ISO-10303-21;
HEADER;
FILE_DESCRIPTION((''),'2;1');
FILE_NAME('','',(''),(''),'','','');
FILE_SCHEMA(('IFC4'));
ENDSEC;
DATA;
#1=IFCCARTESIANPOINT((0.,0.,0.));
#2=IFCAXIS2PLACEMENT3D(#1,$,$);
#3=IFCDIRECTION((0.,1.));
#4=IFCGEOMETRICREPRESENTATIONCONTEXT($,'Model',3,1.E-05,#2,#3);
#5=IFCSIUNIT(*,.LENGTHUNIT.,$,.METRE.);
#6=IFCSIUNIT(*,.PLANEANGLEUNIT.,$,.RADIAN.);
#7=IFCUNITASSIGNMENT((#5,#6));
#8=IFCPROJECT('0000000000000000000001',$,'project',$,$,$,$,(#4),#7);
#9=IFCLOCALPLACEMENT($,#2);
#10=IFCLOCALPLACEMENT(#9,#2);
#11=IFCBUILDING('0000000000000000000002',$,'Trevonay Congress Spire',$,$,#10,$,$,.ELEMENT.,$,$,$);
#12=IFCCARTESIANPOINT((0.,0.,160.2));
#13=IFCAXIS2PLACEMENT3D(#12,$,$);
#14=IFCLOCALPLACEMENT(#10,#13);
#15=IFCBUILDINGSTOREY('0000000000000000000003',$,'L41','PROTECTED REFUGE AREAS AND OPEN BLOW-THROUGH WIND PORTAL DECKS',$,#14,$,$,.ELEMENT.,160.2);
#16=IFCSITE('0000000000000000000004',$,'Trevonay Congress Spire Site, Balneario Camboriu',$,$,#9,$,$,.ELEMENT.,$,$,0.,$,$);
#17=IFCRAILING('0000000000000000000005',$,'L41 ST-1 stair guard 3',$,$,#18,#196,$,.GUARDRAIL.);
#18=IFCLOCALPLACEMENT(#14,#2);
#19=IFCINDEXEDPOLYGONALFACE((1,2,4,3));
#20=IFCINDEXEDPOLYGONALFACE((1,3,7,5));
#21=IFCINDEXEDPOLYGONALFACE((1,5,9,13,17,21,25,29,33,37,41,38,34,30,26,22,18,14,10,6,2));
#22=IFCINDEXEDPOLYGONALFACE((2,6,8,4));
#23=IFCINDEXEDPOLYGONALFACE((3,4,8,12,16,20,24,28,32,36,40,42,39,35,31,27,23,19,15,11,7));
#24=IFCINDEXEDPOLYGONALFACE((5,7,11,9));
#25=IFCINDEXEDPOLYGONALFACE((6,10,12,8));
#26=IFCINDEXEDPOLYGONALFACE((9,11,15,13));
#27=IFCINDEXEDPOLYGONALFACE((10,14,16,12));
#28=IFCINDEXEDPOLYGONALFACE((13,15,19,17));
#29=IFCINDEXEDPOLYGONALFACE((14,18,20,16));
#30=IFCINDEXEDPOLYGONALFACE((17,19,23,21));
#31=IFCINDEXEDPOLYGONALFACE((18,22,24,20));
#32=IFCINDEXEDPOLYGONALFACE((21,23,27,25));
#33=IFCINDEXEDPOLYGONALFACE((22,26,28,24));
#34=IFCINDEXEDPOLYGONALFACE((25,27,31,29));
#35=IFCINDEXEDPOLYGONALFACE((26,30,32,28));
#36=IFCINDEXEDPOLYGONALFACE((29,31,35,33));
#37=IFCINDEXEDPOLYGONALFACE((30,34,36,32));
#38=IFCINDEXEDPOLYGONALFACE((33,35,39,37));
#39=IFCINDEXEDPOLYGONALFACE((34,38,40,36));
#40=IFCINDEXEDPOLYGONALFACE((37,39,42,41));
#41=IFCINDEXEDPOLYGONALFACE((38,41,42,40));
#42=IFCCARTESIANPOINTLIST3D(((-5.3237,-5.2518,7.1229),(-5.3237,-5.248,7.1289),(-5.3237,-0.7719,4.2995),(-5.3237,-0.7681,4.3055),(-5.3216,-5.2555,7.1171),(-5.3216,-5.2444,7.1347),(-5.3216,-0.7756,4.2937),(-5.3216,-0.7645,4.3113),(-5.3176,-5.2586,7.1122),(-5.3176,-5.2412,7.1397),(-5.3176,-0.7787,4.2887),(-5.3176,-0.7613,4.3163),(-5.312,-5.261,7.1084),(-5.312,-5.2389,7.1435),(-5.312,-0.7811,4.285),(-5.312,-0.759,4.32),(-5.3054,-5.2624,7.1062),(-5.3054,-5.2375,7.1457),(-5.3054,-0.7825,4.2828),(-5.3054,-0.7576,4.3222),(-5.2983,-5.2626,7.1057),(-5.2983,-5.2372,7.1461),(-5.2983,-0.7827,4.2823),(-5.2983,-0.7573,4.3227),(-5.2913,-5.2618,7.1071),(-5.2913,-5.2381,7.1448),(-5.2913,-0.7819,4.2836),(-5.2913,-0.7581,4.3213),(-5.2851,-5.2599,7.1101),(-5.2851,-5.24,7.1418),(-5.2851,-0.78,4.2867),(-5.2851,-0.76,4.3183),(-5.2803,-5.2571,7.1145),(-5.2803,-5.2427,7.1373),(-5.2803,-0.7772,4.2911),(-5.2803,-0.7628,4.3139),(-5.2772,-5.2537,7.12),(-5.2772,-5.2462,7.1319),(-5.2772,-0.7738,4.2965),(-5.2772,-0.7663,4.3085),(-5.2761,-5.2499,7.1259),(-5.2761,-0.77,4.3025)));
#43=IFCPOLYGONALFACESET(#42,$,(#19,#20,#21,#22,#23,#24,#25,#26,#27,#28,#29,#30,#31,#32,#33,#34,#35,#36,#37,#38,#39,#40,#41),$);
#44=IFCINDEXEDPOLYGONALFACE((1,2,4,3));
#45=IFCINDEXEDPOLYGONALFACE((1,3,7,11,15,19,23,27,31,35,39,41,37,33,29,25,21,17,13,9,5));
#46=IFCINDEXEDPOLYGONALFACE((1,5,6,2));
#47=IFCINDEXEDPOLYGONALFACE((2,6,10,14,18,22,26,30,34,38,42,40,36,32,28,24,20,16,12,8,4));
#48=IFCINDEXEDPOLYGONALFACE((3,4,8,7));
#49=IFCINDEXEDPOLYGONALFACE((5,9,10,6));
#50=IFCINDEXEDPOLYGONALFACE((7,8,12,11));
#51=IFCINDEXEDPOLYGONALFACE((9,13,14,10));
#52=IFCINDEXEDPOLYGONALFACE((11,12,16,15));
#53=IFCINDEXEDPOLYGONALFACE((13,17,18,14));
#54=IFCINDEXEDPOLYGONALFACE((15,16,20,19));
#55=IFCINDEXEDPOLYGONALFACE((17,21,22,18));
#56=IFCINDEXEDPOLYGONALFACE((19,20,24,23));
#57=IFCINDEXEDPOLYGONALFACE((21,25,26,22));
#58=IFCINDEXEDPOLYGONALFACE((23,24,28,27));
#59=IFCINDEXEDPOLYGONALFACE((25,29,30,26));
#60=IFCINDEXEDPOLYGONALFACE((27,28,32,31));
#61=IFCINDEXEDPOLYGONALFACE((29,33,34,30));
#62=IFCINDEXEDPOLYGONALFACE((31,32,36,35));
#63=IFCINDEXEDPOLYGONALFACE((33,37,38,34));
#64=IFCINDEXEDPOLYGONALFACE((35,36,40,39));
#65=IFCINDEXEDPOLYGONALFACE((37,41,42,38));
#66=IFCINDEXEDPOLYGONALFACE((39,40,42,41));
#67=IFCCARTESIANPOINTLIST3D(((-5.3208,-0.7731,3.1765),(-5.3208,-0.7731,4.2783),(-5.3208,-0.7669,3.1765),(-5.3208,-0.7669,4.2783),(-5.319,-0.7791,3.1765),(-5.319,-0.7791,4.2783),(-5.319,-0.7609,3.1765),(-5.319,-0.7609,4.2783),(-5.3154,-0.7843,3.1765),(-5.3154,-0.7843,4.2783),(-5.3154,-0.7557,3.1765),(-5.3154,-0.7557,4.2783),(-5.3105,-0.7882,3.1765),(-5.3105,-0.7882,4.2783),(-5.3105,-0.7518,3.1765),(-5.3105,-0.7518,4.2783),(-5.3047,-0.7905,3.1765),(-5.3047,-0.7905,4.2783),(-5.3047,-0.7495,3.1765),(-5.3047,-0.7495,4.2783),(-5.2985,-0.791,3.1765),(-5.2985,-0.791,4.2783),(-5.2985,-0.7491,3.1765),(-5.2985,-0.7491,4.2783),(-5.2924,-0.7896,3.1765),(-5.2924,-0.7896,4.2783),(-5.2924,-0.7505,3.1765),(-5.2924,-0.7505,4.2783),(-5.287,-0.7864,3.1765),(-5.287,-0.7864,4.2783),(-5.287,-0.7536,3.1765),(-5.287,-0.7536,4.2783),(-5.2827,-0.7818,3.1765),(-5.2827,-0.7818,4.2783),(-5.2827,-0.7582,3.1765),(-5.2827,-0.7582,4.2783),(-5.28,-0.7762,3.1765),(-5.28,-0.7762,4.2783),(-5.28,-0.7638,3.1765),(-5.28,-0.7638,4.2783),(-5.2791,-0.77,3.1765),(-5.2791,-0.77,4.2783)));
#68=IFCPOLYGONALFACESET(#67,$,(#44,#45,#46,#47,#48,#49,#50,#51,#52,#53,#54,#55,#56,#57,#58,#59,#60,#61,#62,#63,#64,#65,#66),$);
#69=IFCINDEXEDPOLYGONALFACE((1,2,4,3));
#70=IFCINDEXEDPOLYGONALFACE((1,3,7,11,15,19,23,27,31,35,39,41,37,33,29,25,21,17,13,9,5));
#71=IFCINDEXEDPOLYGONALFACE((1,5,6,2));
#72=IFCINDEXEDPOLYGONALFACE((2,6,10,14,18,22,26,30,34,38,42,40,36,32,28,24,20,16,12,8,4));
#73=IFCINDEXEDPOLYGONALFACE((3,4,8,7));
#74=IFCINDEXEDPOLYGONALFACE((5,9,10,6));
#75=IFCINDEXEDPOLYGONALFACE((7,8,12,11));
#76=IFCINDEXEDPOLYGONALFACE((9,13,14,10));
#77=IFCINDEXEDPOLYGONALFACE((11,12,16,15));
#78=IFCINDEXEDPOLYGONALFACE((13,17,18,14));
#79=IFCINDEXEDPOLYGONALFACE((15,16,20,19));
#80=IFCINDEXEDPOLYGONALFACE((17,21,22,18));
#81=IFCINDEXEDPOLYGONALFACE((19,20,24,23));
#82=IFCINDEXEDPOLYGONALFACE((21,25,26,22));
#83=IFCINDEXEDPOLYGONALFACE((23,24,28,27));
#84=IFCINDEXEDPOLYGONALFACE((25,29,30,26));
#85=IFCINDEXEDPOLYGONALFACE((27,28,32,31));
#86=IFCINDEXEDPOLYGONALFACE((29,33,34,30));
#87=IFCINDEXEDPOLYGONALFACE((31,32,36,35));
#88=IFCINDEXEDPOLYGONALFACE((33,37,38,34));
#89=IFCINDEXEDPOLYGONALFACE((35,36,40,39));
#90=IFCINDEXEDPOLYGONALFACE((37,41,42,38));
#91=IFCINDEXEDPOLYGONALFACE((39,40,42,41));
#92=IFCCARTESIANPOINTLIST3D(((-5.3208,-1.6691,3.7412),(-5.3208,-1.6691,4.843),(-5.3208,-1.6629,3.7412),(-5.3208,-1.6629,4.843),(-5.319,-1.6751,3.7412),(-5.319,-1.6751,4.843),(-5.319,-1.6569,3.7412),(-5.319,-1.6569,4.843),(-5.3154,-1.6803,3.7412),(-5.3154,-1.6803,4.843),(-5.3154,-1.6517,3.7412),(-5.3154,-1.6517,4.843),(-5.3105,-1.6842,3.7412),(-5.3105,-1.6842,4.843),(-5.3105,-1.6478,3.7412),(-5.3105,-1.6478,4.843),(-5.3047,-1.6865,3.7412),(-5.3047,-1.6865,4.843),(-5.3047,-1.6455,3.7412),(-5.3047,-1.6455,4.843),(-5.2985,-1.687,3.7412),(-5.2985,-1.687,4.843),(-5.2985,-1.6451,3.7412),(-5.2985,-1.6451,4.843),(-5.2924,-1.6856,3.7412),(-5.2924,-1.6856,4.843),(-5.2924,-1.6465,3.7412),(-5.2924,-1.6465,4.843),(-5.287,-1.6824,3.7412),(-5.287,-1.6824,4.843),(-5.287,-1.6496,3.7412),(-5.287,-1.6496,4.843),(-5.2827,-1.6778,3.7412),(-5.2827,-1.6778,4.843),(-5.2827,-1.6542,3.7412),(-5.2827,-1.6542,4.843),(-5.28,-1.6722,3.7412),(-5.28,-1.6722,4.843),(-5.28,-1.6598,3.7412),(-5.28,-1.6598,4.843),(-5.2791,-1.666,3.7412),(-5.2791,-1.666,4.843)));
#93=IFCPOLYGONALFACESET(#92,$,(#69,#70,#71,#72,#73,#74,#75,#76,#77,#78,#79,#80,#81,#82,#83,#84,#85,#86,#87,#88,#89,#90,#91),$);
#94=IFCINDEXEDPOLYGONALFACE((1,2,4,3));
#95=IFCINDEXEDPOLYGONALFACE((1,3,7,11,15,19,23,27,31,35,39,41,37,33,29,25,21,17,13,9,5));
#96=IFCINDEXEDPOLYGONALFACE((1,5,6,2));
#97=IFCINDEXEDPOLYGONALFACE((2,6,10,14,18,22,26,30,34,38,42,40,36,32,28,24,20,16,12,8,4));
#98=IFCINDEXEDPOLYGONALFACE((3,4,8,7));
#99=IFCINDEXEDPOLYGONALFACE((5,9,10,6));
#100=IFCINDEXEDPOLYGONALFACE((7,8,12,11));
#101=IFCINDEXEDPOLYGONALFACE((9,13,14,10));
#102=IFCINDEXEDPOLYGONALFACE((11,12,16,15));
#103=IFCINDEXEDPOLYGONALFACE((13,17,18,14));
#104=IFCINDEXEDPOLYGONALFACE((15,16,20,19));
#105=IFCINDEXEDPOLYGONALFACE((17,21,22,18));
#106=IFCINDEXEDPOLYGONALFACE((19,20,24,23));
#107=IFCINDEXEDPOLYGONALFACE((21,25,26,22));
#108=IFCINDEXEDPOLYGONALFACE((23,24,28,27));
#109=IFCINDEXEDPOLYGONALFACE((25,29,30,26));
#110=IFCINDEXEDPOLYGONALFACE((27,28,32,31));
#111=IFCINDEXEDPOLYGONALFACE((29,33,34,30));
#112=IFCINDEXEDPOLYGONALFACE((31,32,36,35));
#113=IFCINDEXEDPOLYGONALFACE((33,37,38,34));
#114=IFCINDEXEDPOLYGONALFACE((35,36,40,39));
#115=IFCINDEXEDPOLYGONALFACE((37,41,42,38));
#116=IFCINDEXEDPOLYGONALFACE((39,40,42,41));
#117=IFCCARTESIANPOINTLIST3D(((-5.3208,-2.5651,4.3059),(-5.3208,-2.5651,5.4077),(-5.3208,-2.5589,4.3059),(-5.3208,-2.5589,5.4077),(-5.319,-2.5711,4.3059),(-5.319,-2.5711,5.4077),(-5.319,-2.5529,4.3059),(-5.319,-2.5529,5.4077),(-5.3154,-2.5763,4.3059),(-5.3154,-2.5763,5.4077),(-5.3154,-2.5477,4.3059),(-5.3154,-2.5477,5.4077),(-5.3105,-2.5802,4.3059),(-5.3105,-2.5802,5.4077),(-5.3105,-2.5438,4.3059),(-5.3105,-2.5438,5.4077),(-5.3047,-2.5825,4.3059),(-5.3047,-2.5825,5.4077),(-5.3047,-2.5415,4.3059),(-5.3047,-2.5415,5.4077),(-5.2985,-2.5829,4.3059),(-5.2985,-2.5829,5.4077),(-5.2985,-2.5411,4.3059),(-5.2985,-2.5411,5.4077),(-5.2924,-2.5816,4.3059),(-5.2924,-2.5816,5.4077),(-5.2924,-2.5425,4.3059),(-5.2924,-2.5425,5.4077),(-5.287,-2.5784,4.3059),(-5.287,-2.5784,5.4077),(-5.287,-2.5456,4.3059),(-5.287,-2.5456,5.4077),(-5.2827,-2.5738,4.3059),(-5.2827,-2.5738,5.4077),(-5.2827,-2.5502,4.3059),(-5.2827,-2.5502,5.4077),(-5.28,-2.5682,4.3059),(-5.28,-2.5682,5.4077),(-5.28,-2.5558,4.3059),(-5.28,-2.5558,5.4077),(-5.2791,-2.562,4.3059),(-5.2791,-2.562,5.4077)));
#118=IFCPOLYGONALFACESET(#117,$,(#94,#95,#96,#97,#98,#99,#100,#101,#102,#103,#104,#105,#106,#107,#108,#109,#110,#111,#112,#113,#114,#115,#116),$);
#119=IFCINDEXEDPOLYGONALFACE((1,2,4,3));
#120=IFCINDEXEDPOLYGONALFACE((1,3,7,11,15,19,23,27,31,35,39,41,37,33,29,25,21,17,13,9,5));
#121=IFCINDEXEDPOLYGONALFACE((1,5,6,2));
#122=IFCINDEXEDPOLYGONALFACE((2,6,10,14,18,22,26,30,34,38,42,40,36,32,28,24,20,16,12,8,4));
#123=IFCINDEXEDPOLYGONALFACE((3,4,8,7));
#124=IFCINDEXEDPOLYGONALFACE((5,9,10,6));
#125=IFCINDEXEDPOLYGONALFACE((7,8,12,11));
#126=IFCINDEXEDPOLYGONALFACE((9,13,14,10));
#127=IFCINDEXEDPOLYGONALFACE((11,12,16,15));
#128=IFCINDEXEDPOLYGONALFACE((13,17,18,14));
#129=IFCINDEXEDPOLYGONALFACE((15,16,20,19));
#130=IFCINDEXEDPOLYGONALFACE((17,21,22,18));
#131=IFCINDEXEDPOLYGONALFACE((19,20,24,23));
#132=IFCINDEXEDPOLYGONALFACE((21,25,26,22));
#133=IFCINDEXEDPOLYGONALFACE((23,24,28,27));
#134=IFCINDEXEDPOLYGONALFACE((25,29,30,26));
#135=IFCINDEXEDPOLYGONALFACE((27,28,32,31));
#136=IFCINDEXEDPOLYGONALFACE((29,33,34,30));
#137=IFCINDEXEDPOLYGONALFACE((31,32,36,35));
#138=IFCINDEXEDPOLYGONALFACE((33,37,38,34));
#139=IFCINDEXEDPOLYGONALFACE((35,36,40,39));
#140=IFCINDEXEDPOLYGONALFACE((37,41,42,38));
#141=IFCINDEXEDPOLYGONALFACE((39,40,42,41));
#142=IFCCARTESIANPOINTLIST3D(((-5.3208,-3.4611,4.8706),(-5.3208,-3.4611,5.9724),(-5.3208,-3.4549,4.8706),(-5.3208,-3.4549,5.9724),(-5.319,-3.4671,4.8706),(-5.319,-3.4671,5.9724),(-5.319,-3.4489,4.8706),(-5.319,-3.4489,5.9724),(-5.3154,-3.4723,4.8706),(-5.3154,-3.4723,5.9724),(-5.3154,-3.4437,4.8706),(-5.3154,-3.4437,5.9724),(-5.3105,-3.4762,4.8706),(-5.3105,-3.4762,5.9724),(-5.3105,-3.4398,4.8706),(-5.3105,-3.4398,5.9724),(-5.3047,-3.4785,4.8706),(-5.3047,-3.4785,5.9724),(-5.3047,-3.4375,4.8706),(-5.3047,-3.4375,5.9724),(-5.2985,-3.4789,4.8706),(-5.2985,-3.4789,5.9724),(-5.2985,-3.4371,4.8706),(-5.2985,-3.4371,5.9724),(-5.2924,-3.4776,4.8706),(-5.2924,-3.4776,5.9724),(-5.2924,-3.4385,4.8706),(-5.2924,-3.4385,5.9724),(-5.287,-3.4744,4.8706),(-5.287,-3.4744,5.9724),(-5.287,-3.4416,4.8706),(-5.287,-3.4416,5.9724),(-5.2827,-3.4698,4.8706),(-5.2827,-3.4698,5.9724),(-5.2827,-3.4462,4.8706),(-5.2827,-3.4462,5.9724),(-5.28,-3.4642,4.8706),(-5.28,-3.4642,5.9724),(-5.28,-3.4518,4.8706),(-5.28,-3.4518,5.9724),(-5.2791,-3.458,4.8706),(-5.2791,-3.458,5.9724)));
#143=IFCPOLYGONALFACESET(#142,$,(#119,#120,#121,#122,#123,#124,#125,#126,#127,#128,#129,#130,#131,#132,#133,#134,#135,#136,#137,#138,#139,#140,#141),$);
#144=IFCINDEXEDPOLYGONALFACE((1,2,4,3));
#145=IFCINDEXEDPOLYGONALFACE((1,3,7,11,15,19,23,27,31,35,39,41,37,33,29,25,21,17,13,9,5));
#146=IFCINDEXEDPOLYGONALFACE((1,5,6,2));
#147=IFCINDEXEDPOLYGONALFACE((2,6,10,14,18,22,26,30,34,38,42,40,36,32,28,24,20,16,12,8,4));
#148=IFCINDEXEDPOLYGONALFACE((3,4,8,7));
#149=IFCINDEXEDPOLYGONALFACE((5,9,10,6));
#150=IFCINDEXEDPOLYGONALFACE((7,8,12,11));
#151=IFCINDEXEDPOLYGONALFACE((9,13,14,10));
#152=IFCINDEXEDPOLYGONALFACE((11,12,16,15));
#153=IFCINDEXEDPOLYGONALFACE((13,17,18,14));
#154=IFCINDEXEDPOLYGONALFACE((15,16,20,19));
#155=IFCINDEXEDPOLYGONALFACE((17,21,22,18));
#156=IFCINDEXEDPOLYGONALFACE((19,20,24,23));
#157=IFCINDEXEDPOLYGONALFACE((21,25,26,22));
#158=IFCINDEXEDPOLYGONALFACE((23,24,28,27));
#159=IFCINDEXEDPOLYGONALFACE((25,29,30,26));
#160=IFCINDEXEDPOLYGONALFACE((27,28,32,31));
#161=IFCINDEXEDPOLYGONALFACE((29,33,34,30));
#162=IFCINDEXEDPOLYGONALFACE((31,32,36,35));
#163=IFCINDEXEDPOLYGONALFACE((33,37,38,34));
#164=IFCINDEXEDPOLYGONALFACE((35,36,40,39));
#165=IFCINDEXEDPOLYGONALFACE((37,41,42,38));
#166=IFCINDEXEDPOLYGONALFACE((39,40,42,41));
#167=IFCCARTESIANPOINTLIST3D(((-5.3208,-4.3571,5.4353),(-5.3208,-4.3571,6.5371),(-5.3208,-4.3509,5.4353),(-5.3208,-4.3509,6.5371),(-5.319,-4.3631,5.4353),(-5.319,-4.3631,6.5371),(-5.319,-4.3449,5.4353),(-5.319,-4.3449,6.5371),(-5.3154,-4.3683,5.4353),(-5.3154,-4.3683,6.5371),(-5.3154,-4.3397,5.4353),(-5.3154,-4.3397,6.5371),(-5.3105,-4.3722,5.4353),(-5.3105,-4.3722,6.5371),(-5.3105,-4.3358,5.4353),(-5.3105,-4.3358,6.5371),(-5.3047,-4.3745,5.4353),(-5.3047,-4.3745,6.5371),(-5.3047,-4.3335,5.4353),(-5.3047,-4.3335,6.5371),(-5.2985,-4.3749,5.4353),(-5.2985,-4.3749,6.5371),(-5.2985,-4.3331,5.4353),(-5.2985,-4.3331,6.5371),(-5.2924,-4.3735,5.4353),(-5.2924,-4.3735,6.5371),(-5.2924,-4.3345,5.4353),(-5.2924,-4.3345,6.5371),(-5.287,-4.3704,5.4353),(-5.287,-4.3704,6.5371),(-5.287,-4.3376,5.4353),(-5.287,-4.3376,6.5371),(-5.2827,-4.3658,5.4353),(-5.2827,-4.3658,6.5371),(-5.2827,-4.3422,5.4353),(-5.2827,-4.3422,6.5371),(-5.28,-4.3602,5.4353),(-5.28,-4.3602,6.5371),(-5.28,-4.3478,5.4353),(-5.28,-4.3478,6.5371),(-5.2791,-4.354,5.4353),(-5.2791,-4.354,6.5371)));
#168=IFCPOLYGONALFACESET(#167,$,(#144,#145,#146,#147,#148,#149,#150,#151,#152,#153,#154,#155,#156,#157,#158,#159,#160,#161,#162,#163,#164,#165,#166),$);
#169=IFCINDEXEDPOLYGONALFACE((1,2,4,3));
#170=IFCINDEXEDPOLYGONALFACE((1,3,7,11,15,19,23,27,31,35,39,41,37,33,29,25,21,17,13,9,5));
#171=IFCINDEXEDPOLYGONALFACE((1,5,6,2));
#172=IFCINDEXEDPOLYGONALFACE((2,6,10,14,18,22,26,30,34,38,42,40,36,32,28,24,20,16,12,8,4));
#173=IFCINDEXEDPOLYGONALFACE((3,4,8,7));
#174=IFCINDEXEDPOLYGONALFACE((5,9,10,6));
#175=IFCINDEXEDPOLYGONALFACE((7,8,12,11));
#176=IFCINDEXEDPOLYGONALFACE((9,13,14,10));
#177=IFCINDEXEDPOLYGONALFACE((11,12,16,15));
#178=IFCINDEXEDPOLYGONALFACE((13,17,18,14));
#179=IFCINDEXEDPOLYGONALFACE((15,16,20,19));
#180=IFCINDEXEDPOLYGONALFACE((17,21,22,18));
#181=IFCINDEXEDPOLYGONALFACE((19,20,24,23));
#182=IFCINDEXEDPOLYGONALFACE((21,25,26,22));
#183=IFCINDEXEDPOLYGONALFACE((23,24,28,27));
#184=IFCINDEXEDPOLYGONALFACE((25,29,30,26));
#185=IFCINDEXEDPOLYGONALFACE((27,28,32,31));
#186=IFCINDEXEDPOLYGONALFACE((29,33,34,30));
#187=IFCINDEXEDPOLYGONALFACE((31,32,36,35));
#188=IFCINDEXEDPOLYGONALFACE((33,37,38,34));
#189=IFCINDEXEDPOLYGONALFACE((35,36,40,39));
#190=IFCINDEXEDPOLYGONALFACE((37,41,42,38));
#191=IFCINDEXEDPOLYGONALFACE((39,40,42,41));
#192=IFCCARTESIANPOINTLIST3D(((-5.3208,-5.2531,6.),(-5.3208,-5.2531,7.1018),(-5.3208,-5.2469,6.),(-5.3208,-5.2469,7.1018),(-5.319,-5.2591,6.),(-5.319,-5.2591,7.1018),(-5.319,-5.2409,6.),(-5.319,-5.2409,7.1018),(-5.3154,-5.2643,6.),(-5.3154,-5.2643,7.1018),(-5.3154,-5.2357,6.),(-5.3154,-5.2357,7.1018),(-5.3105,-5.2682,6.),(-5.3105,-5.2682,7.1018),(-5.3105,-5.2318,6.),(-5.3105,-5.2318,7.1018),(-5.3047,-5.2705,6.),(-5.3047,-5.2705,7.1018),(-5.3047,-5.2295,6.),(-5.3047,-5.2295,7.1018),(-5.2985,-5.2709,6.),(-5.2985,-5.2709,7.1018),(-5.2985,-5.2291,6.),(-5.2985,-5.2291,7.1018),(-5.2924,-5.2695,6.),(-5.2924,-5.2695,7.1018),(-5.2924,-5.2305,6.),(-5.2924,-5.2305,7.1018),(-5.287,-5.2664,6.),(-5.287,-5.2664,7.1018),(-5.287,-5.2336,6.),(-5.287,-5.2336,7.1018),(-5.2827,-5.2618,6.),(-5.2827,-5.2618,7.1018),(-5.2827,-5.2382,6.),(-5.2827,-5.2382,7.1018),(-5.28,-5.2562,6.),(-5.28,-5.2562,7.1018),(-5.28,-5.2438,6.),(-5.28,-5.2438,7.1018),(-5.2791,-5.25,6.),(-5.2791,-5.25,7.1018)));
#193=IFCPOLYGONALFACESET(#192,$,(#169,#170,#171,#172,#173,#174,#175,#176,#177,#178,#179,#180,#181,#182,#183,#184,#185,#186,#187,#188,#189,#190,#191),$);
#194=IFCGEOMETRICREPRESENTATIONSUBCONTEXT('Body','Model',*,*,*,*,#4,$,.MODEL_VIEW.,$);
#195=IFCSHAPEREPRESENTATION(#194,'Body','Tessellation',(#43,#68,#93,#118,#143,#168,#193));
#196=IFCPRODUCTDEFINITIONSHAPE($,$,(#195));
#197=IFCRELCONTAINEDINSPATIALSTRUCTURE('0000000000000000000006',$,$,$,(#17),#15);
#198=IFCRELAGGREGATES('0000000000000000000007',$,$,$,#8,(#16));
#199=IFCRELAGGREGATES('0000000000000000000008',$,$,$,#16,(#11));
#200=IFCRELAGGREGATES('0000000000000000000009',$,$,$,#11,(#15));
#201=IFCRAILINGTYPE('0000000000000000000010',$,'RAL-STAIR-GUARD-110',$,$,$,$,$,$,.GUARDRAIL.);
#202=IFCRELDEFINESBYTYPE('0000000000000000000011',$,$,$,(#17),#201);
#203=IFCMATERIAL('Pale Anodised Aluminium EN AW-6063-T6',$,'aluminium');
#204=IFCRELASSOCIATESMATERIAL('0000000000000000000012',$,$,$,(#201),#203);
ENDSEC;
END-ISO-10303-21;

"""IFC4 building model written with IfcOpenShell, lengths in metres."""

from ifc_helpers import new_model, si_unit, direction, frame, origin, origin_2d, place, context, subcontext, project, spatial, circle, extrude, material, type_object, element, save


model = new_model("IFC4")

# Units and contexts
model_context = context("Model", 3, precision=1e-05, world=origin(), true_north=direction((0.0, 1.0)))
body_context = subcontext(model_context, "Body", "Model", "MODEL_VIEW")
ifc_project = project(units=[si_unit("LENGTHUNIT", "METRE"), si_unit("PLANEANGLEUNIT", "RADIAN")], contexts=[model_context])

# Site, building, storey
site_placement = place(None, origin())
site = spatial("IfcSite", under=ifc_project, at=site_placement, Name="Trevonay Congress Spire Site, Balneario Camboriu", CompositionType="ELEMENT", RefElevation=0.0)
building_placement = place(site_placement, origin())
building = spatial("IfcBuilding", under=site, at=building_placement, Name="Trevonay Congress Spire", CompositionType="ELEMENT")
storey_placement = place(building_placement, frame((0.0, 0.0, 160.2)))
storey = spatial("IfcBuildingStorey", under=building, at=storey_placement, Name="L41", Description="PROTECTED REFUGE AREAS AND OPEN BLOW-THROUGH WIND PORTAL DECKS", CompositionType="ELEMENT", Elevation=160.2)

# Shared definitions
ifc_material_1 = material(Name="Pale Anodised Aluminium EN AW-6063-T6", Category="aluminium")

# Railing
railing_type = type_object("IfcRailingType", Name="RAL-STAIR-GUARD-110", PredefinedType="GUARDRAIL", material=ifc_material_1)
railing_1_placement = place(storey_placement, frame((-5.3, -0.77, 3.1765)))
element("IfcRailing", 1, at=railing_1_placement, inside=storey, type_object=railing_type, Name="L41 ST-1 stair guard 3", PredefinedType="GUARDRAIL", context=body_context, shape_type="SweptSolid", body=[
    extrude(circle(Radius=0.0239, at=origin_2d()), frame((0.0, 0.0, 1.126), z_axis=(0.0, -0.845998, 0.533186), x_axis=(1.0, 0.0, 0.0)), (0.0, 0.0, 1.0), 5.2954),
    extrude(circle(Radius=0.021, at=origin_2d()), origin(), (0.0, 0.0, 1.0), 1.1018),
    extrude(circle(Radius=0.021, at=origin_2d()), frame((0.0, -0.896, 0.5647)), (0.0, 0.0, 1.0), 1.1018),
    extrude(circle(Radius=0.021, at=origin_2d()), frame((0.0, -1.792, 1.1294)), (0.0, 0.0, 1.0), 1.1018),
    extrude(circle(Radius=0.021, at=origin_2d()), frame((0.0, -2.688, 1.6941)), (0.0, 0.0, 1.0), 1.1018),
    extrude(circle(Radius=0.021, at=origin_2d()), frame((0.0, -3.584, 2.2588)), (0.0, 0.0, 1.0), 1.1018),
    extrude(circle(Radius=0.021, at=origin_2d()), frame((0.0, -4.48, 2.8235)), (0.0, 0.0, 1.0), 1.1018),
])

save(model, "model.ifc")
